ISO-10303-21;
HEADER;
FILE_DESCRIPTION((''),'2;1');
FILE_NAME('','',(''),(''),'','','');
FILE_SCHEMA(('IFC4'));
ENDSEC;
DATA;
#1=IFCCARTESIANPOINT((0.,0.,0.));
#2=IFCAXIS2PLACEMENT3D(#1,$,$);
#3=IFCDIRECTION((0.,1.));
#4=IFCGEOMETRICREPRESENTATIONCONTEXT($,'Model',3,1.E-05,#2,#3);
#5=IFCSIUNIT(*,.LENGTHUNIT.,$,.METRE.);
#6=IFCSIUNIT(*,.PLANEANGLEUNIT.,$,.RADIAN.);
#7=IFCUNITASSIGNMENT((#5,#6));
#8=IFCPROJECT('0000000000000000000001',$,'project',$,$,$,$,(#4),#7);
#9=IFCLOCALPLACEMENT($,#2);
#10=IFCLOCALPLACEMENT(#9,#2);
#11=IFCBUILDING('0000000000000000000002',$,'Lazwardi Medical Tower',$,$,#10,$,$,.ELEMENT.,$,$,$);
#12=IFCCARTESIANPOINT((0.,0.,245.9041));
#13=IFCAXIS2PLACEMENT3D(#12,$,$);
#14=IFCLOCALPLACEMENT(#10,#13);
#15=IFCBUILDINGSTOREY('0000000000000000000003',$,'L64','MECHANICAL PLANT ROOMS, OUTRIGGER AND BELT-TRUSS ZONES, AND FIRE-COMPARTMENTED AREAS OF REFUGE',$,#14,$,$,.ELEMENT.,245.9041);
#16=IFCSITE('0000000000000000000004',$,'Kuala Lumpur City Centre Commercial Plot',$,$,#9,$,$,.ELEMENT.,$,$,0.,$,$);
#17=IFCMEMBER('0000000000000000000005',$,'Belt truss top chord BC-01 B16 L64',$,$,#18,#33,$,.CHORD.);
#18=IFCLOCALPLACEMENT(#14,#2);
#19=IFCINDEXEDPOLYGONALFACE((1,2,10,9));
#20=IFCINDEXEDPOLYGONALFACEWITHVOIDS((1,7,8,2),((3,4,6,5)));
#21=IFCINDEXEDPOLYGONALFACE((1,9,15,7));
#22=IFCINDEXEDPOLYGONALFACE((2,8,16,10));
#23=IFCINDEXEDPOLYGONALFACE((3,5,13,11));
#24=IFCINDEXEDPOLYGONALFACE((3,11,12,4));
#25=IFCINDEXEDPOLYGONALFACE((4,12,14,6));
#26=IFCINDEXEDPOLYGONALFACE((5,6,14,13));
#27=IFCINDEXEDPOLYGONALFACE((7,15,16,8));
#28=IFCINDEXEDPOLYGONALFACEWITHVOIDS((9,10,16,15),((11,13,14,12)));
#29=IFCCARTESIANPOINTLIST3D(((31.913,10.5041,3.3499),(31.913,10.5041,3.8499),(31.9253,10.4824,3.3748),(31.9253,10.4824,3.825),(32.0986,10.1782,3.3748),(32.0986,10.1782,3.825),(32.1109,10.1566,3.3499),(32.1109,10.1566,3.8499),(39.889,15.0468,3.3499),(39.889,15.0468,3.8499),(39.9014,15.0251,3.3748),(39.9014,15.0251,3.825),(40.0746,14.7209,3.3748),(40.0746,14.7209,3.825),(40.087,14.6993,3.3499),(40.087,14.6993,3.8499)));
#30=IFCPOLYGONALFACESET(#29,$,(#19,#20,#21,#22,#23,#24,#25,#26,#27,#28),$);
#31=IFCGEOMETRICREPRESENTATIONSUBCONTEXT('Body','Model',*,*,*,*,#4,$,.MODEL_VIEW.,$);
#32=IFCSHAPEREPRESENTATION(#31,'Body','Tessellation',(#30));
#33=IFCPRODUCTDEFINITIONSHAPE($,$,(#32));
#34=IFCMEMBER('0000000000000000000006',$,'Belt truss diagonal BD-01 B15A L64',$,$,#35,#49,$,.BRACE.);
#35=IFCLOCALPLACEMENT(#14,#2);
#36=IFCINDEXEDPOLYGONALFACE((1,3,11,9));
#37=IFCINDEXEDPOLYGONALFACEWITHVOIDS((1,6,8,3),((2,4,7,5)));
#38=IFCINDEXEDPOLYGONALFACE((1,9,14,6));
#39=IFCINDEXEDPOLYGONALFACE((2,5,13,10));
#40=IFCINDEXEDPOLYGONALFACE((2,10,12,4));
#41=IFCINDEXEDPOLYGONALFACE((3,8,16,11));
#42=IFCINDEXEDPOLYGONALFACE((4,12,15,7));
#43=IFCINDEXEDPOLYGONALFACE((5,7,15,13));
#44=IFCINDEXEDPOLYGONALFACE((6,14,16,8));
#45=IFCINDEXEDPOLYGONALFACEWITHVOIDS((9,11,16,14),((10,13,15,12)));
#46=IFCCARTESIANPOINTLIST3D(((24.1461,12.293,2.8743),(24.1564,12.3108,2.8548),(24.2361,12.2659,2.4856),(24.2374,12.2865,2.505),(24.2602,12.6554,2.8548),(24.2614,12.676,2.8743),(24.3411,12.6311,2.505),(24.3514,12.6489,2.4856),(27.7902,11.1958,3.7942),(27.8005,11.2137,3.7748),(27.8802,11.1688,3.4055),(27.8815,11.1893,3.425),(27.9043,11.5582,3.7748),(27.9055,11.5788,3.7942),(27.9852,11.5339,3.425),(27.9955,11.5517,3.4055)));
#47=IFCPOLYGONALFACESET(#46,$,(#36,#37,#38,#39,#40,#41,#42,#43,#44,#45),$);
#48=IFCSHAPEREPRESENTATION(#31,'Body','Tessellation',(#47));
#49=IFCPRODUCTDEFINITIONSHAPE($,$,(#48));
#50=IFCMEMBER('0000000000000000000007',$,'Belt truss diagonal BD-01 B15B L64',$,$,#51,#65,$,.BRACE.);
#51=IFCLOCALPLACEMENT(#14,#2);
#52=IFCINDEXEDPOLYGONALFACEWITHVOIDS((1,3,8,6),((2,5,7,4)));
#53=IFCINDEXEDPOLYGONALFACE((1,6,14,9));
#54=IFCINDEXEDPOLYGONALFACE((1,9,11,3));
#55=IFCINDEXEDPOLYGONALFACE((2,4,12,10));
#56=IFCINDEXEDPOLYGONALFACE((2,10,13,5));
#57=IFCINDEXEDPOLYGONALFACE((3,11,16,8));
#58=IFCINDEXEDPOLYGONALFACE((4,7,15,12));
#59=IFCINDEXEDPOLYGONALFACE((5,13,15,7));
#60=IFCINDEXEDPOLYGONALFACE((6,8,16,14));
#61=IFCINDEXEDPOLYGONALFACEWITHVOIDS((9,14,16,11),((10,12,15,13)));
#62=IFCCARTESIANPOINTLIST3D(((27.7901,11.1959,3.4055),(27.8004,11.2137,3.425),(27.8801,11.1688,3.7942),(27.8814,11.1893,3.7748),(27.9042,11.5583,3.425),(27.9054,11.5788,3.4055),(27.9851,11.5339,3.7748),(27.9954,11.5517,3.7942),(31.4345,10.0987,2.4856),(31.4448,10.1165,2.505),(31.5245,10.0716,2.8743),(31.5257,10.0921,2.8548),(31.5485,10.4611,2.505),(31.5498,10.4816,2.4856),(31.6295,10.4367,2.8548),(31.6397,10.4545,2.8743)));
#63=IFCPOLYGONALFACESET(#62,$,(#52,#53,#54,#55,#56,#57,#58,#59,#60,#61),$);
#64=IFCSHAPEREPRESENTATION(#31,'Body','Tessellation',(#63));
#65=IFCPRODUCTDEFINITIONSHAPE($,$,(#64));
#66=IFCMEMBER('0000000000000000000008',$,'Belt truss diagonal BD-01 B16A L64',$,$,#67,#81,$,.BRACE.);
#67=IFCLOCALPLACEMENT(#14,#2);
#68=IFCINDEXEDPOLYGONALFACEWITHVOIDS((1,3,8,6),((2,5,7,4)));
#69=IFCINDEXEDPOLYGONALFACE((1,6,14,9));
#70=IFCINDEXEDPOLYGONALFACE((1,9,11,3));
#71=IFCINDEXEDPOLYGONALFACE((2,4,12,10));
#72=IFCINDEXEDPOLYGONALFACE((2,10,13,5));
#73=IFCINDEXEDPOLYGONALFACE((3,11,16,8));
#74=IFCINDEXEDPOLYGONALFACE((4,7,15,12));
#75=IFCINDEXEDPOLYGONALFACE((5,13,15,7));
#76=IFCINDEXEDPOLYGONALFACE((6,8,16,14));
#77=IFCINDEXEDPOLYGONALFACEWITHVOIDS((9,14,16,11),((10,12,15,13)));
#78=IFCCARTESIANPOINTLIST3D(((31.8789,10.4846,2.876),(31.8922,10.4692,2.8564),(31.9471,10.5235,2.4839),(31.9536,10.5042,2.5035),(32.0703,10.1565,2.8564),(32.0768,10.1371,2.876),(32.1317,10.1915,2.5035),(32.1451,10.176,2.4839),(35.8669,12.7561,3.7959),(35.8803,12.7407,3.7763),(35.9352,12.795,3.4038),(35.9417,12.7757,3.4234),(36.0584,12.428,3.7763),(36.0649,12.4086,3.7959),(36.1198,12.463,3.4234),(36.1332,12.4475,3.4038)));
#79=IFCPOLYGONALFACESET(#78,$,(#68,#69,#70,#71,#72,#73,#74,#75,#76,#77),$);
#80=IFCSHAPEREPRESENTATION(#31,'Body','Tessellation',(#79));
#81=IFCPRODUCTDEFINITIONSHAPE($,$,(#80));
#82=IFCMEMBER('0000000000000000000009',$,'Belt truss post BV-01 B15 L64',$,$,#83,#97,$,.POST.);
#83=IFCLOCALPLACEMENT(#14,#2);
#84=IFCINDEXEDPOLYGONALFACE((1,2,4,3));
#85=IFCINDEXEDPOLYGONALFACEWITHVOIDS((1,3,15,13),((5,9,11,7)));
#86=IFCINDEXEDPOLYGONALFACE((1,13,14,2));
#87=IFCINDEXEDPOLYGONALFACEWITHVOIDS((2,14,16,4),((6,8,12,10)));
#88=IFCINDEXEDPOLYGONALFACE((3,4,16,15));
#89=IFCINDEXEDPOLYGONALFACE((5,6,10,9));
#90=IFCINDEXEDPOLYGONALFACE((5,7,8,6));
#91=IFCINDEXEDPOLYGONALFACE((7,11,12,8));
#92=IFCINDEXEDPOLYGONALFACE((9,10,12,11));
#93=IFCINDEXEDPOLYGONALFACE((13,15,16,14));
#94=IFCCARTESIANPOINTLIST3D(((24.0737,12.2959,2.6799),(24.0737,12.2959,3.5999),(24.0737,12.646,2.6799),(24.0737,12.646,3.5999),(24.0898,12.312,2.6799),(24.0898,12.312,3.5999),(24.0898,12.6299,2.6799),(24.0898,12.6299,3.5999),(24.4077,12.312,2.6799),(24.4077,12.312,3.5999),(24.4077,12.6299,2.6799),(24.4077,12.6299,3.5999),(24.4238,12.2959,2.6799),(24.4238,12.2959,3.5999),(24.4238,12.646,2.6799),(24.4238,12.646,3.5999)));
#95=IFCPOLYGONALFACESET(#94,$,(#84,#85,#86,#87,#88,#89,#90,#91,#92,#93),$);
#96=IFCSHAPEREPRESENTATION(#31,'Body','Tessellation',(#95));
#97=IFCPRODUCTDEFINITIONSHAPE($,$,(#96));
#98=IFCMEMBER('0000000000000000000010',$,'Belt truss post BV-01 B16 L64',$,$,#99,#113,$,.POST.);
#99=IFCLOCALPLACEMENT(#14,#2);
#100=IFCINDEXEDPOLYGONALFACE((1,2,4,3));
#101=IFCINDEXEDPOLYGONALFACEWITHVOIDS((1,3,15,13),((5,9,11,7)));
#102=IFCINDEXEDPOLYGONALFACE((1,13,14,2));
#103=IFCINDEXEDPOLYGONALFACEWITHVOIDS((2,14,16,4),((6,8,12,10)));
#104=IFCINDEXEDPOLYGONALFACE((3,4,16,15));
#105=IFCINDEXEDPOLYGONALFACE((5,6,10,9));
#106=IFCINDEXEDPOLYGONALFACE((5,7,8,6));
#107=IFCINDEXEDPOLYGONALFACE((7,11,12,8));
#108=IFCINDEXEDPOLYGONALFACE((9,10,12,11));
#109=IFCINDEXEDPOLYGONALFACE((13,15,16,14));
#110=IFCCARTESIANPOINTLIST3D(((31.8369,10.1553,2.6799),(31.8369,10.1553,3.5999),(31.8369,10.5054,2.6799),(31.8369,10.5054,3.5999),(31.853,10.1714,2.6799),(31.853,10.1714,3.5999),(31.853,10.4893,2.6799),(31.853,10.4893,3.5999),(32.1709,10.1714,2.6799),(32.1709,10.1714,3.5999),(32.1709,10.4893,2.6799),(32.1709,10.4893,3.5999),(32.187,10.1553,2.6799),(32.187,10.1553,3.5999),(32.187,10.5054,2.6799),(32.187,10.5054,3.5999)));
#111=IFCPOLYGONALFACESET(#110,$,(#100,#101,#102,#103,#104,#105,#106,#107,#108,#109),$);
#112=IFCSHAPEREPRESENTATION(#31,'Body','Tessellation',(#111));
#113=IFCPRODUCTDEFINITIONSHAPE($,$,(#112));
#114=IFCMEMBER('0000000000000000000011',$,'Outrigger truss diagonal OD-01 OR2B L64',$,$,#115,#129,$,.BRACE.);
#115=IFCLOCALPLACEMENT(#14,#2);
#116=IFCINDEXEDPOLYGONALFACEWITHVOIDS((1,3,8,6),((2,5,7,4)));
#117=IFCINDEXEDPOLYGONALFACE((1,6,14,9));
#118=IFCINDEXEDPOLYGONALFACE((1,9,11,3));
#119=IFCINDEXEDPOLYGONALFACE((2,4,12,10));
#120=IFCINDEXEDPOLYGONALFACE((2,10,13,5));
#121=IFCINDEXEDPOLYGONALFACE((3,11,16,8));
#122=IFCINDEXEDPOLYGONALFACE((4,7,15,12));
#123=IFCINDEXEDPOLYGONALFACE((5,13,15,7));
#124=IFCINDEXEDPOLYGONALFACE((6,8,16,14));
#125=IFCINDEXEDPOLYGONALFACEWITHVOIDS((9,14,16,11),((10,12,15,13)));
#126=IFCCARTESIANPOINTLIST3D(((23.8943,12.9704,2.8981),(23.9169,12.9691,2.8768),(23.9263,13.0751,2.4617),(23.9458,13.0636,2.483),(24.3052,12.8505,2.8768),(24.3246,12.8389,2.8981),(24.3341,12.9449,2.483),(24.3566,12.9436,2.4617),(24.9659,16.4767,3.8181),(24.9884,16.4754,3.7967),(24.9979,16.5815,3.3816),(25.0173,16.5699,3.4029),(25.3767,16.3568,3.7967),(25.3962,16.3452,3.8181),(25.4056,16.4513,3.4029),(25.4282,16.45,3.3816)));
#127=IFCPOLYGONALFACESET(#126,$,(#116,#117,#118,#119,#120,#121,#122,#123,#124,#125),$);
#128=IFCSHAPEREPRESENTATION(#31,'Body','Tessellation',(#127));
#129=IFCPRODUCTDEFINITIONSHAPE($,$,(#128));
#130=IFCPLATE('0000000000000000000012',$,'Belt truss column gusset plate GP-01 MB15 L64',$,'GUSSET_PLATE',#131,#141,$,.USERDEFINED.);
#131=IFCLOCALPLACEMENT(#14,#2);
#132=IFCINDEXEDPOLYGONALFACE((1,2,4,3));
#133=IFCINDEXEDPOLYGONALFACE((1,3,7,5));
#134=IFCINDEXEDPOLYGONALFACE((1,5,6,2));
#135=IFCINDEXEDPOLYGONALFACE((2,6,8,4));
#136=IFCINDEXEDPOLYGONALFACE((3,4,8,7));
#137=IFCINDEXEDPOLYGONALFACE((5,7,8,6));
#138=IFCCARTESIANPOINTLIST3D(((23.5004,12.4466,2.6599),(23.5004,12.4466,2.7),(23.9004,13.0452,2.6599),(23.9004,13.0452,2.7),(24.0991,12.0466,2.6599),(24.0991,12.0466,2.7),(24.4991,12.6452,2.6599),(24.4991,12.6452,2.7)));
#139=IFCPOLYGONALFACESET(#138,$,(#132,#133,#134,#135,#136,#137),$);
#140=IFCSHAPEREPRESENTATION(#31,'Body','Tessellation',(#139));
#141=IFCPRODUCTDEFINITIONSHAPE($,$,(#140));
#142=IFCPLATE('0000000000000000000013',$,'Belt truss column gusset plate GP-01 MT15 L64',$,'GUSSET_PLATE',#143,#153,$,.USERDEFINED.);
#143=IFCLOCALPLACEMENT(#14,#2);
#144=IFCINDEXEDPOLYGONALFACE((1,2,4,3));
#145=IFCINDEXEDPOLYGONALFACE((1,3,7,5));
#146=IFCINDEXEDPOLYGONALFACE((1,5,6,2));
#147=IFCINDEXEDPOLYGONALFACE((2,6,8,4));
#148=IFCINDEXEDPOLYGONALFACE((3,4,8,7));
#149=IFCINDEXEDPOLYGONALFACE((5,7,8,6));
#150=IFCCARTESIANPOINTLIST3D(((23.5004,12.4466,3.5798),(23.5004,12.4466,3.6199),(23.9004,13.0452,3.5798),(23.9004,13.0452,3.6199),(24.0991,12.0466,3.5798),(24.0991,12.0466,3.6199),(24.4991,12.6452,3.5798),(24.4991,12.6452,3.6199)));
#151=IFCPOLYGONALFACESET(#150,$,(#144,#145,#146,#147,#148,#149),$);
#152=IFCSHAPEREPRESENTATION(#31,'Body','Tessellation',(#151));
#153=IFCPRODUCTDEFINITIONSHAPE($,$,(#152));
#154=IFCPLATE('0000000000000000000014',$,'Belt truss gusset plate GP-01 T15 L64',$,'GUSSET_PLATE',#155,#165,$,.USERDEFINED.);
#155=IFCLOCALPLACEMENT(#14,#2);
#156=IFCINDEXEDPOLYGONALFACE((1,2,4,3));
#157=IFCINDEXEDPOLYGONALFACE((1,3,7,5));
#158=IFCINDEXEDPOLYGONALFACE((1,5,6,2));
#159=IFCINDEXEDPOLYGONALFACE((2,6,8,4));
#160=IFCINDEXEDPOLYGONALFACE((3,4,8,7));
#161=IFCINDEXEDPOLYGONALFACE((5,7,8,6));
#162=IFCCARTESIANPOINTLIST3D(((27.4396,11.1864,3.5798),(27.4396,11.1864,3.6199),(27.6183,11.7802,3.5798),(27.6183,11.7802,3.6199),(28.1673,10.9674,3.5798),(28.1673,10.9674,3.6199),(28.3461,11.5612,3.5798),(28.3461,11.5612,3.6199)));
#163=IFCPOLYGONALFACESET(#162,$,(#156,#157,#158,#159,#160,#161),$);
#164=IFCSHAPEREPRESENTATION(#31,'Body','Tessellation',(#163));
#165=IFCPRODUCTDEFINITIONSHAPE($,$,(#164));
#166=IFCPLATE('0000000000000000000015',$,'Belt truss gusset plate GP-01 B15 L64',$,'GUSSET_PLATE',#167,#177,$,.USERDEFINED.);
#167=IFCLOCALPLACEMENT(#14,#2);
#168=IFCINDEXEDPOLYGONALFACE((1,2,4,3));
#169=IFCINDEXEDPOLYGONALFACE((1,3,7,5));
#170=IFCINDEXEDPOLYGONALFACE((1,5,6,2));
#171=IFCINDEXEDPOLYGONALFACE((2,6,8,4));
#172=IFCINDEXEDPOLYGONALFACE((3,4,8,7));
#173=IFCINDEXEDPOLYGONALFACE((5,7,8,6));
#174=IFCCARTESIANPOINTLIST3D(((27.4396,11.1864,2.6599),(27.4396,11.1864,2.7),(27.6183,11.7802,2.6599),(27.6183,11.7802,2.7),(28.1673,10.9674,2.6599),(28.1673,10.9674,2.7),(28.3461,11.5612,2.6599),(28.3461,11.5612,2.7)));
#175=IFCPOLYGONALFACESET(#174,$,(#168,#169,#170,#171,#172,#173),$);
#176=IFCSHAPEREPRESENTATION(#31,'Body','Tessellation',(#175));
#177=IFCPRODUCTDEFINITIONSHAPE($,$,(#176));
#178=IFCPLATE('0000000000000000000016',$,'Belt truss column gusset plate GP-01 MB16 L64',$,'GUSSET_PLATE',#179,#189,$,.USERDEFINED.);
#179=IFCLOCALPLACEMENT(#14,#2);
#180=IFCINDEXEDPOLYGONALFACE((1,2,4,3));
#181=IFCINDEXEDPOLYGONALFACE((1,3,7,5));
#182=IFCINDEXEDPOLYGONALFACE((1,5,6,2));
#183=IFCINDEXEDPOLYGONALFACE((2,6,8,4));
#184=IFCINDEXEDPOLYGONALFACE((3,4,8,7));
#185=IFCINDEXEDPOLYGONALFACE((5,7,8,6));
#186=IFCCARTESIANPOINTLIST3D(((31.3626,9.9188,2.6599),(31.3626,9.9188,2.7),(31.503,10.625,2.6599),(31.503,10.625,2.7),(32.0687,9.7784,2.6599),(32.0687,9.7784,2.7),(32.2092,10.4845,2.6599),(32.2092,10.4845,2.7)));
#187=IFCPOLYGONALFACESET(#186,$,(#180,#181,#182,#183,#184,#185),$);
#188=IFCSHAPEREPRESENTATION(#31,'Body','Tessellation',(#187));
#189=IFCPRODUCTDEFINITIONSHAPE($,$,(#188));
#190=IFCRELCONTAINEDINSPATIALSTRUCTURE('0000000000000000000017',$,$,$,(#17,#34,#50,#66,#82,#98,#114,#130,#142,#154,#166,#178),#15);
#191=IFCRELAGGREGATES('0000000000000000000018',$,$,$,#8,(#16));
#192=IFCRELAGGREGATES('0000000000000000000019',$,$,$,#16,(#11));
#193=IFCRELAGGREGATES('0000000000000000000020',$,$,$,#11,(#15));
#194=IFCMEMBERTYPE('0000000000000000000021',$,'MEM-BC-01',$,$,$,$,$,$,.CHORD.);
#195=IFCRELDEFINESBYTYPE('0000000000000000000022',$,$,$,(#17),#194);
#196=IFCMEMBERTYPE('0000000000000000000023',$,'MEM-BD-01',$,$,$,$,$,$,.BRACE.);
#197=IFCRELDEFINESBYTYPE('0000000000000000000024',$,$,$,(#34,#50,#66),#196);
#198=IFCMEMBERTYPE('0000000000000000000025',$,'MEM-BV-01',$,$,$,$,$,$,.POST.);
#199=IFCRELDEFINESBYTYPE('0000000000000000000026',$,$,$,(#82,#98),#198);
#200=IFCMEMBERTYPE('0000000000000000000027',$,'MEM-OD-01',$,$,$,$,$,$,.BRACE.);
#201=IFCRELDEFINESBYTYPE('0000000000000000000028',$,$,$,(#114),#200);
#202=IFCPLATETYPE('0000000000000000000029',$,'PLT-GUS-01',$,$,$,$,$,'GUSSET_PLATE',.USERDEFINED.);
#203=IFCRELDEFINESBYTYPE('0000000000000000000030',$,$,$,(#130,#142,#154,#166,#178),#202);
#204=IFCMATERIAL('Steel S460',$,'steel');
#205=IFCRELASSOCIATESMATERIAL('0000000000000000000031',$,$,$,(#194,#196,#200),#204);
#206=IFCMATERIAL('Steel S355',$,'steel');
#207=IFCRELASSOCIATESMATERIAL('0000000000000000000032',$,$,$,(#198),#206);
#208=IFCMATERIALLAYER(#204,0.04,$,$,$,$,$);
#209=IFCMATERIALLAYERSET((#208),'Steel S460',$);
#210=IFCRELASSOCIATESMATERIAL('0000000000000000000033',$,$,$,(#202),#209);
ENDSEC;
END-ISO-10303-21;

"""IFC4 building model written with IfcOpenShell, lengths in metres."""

from ifc_helpers import new_model, si_unit, direction, frame, origin, origin_2d, place, context, subcontext, project, spatial, rectangle, hollow_rectangle, extrude, material, layer, layer_set, material_profile, profile_set, type_object, element, save


model = new_model("IFC4")

# Units and contexts
model_context = context("Model", 3, precision=1e-05, world=origin(), true_north=direction((0.0, 1.0)))
body_context = subcontext(model_context, "Body", "Model", "MODEL_VIEW")
ifc_project = project(units=[si_unit("LENGTHUNIT", "METRE"), si_unit("PLANEANGLEUNIT", "RADIAN")], contexts=[model_context])

# Site, building, storey
site_placement = place(None, origin())
site = spatial("IfcSite", under=ifc_project, at=site_placement, Name="Kuala Lumpur City Centre Commercial Plot", CompositionType="ELEMENT", RefElevation=0.0)
building_placement = place(site_placement, origin())
building = spatial("IfcBuilding", under=site, at=building_placement, Name="Lazwardi Medical Tower", CompositionType="ELEMENT")
storey_placement = place(building_placement, frame((0.0, 0.0, 245.9041)))
storey = spatial("IfcBuildingStorey", under=building, at=storey_placement, Name="L64", Description="MECHANICAL PLANT ROOMS, OUTRIGGER AND BELT-TRUSS ZONES, AND FIRE-COMPARTMENTED AREAS OF REFUGE", CompositionType="ELEMENT", Elevation=245.9041)

# Shared definitions
ifc_material_1 = material(Name="Steel S355", Category="steel")

# Members
ifc_material_2 = material(Name="Steel S460", Category="steel")
ifc_material_profile_1 = material_profile(ifc_material_2, hollow_rectangle(XDim=0.3999, YDim=0.5, WallThickness=0.0249, at=origin_2d()), Name="RHS 500x400x25")
ifc_profile_set_1 = profile_set([ifc_material_profile_1], Name="Steel S460")
member_type_1 = type_object("IfcMemberType", Name="MEM-BC-01", PredefinedType="CHORD", material=ifc_profile_set_1)
for number, where, z_axis, x_axis, name in (
    (1, (32.012, 10.3303, 3.5999), (0.868948, 0.494904, 0.0), (-0.494904, 0.868948, 0.0), "Belt truss top chord BC-01 B16 L64"),
):
    element("IfcMember", number, at=place(storey_placement, frame(where, z_axis=z_axis, x_axis=x_axis)), inside=storey, type_object=member_type_1, Name=name, PredefinedType="CHORD", context=body_context, shape_type="SweptSolid", body=[
        extrude(hollow_rectangle(XDim=0.3999, YDim=0.5, WallThickness=0.0249, at=origin_2d()), origin(), (0.0, 0.0, 1.0), 9.179),
    ])
ifc_material_profile_2 = material_profile(ifc_material_2, hollow_rectangle(XDim=0.3999, YDim=0.3999, WallThickness=0.02, at=origin_2d()), Name="RHS 400x400x20")
ifc_profile_set_2 = profile_set([ifc_material_profile_2], Name="Steel S460")
member_type_2 = type_object("IfcMemberType", Name="MEM-BD-01", PredefinedType="BRACE", material=ifc_profile_set_2)
member_1_placement = place(storey_placement, frame((24.2488, 12.4709, 2.6799), z_axis=(0.930734, -0.28023, 0.234959), x_axis=(0.288301, 0.95754, 0.0)))
element("IfcMember", 2, at=member_1_placement, inside=storey, type_object=member_type_2, Name="Belt truss diagonal BD-01 B15A L64", PredefinedType="BRACE", context=body_context, shape_type="SweptSolid", body=[
    extrude(hollow_rectangle(XDim=0.3999, YDim=0.3999, WallThickness=0.02, at=origin_2d()), origin(), (0.0, 0.0, 1.0), 3.9153),
])
member_2_placement = place(storey_placement, frame((31.5371, 10.2766, 2.6799), z_axis=(-0.930742, 0.280214, 0.234946), x_axis=(-0.288283, -0.957545, 0.0)))
element("IfcMember", 3, at=member_2_placement, inside=storey, type_object=member_type_2, Name="Belt truss diagonal BD-01 B15B L64", PredefinedType="BRACE", context=body_context, shape_type="SweptSolid", body=[
    extrude(hollow_rectangle(XDim=0.3999, YDim=0.3999, WallThickness=0.02, at=origin_2d()), origin(), (0.0, 0.0, 1.0), 3.9155),
])
member_3_placement = place(storey_placement, frame((32.012, 10.3303, 2.6799), z_axis=(0.85199, 0.485272, 0.196529), x_axis=(-0.494924, 0.868936, 0.0)))
element("IfcMember", 4, at=member_3_placement, inside=storey, type_object=member_type_2, Name="Belt truss diagonal BD-01 B16A L64", PredefinedType="BRACE", context=body_context, shape_type="SweptSolid", body=[
    extrude(hollow_rectangle(XDim=0.3999, YDim=0.3999, WallThickness=0.02, at=origin_2d()), origin(), (0.0, 0.0, 1.0), 4.6809),
])
ifc_material_profile_3 = material_profile(ifc_material_1, hollow_rectangle(XDim=0.3501, YDim=0.3501, WallThickness=0.0161, at=origin_2d()), Name="RHS 350x350x16")
ifc_profile_set_3 = profile_set([ifc_material_profile_3], Name="Steel S355")
member_type_3 = type_object("IfcMemberType", Name="MEM-BV-01", PredefinedType="POST", material=ifc_profile_set_3)
for number, where, z_axis, x_axis, name in (
    (5, (24.2488, 12.4709, 2.6799), (0.0, 0.0, 1.0), (1.0, 0.0, 0.0), "Belt truss post BV-01 B15 L64"),
    (6, (32.012, 10.3303, 2.6799), (0.0, 0.0, 1.0), (1.0, 0.0, 0.0), "Belt truss post BV-01 B16 L64"),
):
    element("IfcMember", number, at=place(storey_placement, frame(where, z_axis=z_axis, x_axis=x_axis)), inside=storey, type_object=member_type_3, Name=name, PredefinedType="POST", context=body_context, shape_type="SweptSolid", body=[
        extrude(hollow_rectangle(XDim=0.3501, YDim=0.3501, WallThickness=0.0161, at=origin_2d()), origin(), (0.0, 0.0, 1.0), 0.9199),
    ])
ifc_material_profile_4 = material_profile(ifc_material_2, hollow_rectangle(XDim=0.45, YDim=0.45, WallThickness=0.022, at=origin_2d()), Name="RHS 450x450x22")
ifc_profile_set_4 = profile_set([ifc_material_profile_4], Name="Steel S460")
member_type_4 = type_object("IfcMemberType", Name="MEM-OD-01", PredefinedType="BRACE", material=ifc_profile_set_4)
member_4_placement = place(storey_placement, frame((24.1255, 12.957, 2.6799), z_axis=(0.283469, 0.927589, 0.243361), x_axis=(-0.95634, 0.292256, 0.0)))
element("IfcMember", 7, at=member_4_placement, inside=storey, type_object=member_type_4, Name="Outrigger truss diagonal OD-01 OR2B L64", PredefinedType="BRACE", context=body_context, shape_type="SweptSolid", body=[
    extrude(hollow_rectangle(XDim=0.45, YDim=0.45, WallThickness=0.022, at=origin_2d()), origin(), (0.0, 0.0, 1.0), 3.78),
])

# Plates
ifc_layer = layer(ifc_material_2, 0.04)
ifc_layer_set = layer_set([ifc_layer], Name="Steel S460")
plate_type = type_object("IfcPlateType", Name="PLT-GUS-01", ElementType="GUSSET_PLATE", PredefinedType="USERDEFINED", material=ifc_layer_set)
for number, where, z_axis, x_axis, name in (
    (8, (23.9998, 12.5459, 2.6599), (0.0, 0.0, 1.0), (-0.55557, -0.83147, 0.0), "Belt truss column gusset plate GP-01 MB15 L64"),
    (9, (23.9998, 12.5459, 3.5798), (0.0, 0.0, 1.0), (-0.55557, -0.83147, 0.0), "Belt truss column gusset plate GP-01 MT15 L64"),
):
    element("IfcPlate", number, at=place(storey_placement, frame(where, z_axis=z_axis, x_axis=x_axis)), inside=storey, type_object=plate_type, Name=name, ObjectType="GUSSET_PLATE", PredefinedType="USERDEFINED", context=body_context, shape_type="SweptSolid", body=[
        extrude(rectangle(XDim=0.72, YDim=0.72, at=origin_2d()), origin(), (0.0, 0.0, 1.0), 0.04),
    ])
for number, where, z_axis, x_axis, name in (
    (10, (27.8928, 11.3738, 3.5798), (0.0, 0.0, 1.0), (0.957571, -0.288196, 0.0), "Belt truss gusset plate GP-01 T15 L64"),
    (11, (27.8928, 11.3738, 2.6599), (0.0, 0.0, 1.0), (0.957571, -0.288196, 0.0), "Belt truss gusset plate GP-01 B15 L64"),
):
    element("IfcPlate", number, at=place(storey_placement, frame(where, z_axis=z_axis, x_axis=x_axis)), inside=storey, type_object=plate_type, Name=name, ObjectType="GUSSET_PLATE", PredefinedType="USERDEFINED", context=body_context, shape_type="SweptSolid", body=[
        extrude(rectangle(XDim=0.76, YDim=0.6201, at=origin_2d()), origin(), (0.0, 0.0, 1.0), 0.04),
    ])
for number, where, z_axis, x_axis, name in (
    (12, (31.7859, 10.2017, 2.6599), (0.0, 0.0, 1.0), (-0.19509, -0.980785, 0.0), "Belt truss column gusset plate GP-01 MB16 L64"),
):
    element("IfcPlate", number, at=place(storey_placement, frame(where, z_axis=z_axis, x_axis=x_axis)), inside=storey, type_object=plate_type, Name=name, ObjectType="GUSSET_PLATE", PredefinedType="USERDEFINED", context=body_context, shape_type="SweptSolid", body=[
        extrude(rectangle(XDim=0.72, YDim=0.72, at=origin_2d()), origin(), (0.0, 0.0, 1.0), 0.04),
    ])

save(model, "model.ifc")
